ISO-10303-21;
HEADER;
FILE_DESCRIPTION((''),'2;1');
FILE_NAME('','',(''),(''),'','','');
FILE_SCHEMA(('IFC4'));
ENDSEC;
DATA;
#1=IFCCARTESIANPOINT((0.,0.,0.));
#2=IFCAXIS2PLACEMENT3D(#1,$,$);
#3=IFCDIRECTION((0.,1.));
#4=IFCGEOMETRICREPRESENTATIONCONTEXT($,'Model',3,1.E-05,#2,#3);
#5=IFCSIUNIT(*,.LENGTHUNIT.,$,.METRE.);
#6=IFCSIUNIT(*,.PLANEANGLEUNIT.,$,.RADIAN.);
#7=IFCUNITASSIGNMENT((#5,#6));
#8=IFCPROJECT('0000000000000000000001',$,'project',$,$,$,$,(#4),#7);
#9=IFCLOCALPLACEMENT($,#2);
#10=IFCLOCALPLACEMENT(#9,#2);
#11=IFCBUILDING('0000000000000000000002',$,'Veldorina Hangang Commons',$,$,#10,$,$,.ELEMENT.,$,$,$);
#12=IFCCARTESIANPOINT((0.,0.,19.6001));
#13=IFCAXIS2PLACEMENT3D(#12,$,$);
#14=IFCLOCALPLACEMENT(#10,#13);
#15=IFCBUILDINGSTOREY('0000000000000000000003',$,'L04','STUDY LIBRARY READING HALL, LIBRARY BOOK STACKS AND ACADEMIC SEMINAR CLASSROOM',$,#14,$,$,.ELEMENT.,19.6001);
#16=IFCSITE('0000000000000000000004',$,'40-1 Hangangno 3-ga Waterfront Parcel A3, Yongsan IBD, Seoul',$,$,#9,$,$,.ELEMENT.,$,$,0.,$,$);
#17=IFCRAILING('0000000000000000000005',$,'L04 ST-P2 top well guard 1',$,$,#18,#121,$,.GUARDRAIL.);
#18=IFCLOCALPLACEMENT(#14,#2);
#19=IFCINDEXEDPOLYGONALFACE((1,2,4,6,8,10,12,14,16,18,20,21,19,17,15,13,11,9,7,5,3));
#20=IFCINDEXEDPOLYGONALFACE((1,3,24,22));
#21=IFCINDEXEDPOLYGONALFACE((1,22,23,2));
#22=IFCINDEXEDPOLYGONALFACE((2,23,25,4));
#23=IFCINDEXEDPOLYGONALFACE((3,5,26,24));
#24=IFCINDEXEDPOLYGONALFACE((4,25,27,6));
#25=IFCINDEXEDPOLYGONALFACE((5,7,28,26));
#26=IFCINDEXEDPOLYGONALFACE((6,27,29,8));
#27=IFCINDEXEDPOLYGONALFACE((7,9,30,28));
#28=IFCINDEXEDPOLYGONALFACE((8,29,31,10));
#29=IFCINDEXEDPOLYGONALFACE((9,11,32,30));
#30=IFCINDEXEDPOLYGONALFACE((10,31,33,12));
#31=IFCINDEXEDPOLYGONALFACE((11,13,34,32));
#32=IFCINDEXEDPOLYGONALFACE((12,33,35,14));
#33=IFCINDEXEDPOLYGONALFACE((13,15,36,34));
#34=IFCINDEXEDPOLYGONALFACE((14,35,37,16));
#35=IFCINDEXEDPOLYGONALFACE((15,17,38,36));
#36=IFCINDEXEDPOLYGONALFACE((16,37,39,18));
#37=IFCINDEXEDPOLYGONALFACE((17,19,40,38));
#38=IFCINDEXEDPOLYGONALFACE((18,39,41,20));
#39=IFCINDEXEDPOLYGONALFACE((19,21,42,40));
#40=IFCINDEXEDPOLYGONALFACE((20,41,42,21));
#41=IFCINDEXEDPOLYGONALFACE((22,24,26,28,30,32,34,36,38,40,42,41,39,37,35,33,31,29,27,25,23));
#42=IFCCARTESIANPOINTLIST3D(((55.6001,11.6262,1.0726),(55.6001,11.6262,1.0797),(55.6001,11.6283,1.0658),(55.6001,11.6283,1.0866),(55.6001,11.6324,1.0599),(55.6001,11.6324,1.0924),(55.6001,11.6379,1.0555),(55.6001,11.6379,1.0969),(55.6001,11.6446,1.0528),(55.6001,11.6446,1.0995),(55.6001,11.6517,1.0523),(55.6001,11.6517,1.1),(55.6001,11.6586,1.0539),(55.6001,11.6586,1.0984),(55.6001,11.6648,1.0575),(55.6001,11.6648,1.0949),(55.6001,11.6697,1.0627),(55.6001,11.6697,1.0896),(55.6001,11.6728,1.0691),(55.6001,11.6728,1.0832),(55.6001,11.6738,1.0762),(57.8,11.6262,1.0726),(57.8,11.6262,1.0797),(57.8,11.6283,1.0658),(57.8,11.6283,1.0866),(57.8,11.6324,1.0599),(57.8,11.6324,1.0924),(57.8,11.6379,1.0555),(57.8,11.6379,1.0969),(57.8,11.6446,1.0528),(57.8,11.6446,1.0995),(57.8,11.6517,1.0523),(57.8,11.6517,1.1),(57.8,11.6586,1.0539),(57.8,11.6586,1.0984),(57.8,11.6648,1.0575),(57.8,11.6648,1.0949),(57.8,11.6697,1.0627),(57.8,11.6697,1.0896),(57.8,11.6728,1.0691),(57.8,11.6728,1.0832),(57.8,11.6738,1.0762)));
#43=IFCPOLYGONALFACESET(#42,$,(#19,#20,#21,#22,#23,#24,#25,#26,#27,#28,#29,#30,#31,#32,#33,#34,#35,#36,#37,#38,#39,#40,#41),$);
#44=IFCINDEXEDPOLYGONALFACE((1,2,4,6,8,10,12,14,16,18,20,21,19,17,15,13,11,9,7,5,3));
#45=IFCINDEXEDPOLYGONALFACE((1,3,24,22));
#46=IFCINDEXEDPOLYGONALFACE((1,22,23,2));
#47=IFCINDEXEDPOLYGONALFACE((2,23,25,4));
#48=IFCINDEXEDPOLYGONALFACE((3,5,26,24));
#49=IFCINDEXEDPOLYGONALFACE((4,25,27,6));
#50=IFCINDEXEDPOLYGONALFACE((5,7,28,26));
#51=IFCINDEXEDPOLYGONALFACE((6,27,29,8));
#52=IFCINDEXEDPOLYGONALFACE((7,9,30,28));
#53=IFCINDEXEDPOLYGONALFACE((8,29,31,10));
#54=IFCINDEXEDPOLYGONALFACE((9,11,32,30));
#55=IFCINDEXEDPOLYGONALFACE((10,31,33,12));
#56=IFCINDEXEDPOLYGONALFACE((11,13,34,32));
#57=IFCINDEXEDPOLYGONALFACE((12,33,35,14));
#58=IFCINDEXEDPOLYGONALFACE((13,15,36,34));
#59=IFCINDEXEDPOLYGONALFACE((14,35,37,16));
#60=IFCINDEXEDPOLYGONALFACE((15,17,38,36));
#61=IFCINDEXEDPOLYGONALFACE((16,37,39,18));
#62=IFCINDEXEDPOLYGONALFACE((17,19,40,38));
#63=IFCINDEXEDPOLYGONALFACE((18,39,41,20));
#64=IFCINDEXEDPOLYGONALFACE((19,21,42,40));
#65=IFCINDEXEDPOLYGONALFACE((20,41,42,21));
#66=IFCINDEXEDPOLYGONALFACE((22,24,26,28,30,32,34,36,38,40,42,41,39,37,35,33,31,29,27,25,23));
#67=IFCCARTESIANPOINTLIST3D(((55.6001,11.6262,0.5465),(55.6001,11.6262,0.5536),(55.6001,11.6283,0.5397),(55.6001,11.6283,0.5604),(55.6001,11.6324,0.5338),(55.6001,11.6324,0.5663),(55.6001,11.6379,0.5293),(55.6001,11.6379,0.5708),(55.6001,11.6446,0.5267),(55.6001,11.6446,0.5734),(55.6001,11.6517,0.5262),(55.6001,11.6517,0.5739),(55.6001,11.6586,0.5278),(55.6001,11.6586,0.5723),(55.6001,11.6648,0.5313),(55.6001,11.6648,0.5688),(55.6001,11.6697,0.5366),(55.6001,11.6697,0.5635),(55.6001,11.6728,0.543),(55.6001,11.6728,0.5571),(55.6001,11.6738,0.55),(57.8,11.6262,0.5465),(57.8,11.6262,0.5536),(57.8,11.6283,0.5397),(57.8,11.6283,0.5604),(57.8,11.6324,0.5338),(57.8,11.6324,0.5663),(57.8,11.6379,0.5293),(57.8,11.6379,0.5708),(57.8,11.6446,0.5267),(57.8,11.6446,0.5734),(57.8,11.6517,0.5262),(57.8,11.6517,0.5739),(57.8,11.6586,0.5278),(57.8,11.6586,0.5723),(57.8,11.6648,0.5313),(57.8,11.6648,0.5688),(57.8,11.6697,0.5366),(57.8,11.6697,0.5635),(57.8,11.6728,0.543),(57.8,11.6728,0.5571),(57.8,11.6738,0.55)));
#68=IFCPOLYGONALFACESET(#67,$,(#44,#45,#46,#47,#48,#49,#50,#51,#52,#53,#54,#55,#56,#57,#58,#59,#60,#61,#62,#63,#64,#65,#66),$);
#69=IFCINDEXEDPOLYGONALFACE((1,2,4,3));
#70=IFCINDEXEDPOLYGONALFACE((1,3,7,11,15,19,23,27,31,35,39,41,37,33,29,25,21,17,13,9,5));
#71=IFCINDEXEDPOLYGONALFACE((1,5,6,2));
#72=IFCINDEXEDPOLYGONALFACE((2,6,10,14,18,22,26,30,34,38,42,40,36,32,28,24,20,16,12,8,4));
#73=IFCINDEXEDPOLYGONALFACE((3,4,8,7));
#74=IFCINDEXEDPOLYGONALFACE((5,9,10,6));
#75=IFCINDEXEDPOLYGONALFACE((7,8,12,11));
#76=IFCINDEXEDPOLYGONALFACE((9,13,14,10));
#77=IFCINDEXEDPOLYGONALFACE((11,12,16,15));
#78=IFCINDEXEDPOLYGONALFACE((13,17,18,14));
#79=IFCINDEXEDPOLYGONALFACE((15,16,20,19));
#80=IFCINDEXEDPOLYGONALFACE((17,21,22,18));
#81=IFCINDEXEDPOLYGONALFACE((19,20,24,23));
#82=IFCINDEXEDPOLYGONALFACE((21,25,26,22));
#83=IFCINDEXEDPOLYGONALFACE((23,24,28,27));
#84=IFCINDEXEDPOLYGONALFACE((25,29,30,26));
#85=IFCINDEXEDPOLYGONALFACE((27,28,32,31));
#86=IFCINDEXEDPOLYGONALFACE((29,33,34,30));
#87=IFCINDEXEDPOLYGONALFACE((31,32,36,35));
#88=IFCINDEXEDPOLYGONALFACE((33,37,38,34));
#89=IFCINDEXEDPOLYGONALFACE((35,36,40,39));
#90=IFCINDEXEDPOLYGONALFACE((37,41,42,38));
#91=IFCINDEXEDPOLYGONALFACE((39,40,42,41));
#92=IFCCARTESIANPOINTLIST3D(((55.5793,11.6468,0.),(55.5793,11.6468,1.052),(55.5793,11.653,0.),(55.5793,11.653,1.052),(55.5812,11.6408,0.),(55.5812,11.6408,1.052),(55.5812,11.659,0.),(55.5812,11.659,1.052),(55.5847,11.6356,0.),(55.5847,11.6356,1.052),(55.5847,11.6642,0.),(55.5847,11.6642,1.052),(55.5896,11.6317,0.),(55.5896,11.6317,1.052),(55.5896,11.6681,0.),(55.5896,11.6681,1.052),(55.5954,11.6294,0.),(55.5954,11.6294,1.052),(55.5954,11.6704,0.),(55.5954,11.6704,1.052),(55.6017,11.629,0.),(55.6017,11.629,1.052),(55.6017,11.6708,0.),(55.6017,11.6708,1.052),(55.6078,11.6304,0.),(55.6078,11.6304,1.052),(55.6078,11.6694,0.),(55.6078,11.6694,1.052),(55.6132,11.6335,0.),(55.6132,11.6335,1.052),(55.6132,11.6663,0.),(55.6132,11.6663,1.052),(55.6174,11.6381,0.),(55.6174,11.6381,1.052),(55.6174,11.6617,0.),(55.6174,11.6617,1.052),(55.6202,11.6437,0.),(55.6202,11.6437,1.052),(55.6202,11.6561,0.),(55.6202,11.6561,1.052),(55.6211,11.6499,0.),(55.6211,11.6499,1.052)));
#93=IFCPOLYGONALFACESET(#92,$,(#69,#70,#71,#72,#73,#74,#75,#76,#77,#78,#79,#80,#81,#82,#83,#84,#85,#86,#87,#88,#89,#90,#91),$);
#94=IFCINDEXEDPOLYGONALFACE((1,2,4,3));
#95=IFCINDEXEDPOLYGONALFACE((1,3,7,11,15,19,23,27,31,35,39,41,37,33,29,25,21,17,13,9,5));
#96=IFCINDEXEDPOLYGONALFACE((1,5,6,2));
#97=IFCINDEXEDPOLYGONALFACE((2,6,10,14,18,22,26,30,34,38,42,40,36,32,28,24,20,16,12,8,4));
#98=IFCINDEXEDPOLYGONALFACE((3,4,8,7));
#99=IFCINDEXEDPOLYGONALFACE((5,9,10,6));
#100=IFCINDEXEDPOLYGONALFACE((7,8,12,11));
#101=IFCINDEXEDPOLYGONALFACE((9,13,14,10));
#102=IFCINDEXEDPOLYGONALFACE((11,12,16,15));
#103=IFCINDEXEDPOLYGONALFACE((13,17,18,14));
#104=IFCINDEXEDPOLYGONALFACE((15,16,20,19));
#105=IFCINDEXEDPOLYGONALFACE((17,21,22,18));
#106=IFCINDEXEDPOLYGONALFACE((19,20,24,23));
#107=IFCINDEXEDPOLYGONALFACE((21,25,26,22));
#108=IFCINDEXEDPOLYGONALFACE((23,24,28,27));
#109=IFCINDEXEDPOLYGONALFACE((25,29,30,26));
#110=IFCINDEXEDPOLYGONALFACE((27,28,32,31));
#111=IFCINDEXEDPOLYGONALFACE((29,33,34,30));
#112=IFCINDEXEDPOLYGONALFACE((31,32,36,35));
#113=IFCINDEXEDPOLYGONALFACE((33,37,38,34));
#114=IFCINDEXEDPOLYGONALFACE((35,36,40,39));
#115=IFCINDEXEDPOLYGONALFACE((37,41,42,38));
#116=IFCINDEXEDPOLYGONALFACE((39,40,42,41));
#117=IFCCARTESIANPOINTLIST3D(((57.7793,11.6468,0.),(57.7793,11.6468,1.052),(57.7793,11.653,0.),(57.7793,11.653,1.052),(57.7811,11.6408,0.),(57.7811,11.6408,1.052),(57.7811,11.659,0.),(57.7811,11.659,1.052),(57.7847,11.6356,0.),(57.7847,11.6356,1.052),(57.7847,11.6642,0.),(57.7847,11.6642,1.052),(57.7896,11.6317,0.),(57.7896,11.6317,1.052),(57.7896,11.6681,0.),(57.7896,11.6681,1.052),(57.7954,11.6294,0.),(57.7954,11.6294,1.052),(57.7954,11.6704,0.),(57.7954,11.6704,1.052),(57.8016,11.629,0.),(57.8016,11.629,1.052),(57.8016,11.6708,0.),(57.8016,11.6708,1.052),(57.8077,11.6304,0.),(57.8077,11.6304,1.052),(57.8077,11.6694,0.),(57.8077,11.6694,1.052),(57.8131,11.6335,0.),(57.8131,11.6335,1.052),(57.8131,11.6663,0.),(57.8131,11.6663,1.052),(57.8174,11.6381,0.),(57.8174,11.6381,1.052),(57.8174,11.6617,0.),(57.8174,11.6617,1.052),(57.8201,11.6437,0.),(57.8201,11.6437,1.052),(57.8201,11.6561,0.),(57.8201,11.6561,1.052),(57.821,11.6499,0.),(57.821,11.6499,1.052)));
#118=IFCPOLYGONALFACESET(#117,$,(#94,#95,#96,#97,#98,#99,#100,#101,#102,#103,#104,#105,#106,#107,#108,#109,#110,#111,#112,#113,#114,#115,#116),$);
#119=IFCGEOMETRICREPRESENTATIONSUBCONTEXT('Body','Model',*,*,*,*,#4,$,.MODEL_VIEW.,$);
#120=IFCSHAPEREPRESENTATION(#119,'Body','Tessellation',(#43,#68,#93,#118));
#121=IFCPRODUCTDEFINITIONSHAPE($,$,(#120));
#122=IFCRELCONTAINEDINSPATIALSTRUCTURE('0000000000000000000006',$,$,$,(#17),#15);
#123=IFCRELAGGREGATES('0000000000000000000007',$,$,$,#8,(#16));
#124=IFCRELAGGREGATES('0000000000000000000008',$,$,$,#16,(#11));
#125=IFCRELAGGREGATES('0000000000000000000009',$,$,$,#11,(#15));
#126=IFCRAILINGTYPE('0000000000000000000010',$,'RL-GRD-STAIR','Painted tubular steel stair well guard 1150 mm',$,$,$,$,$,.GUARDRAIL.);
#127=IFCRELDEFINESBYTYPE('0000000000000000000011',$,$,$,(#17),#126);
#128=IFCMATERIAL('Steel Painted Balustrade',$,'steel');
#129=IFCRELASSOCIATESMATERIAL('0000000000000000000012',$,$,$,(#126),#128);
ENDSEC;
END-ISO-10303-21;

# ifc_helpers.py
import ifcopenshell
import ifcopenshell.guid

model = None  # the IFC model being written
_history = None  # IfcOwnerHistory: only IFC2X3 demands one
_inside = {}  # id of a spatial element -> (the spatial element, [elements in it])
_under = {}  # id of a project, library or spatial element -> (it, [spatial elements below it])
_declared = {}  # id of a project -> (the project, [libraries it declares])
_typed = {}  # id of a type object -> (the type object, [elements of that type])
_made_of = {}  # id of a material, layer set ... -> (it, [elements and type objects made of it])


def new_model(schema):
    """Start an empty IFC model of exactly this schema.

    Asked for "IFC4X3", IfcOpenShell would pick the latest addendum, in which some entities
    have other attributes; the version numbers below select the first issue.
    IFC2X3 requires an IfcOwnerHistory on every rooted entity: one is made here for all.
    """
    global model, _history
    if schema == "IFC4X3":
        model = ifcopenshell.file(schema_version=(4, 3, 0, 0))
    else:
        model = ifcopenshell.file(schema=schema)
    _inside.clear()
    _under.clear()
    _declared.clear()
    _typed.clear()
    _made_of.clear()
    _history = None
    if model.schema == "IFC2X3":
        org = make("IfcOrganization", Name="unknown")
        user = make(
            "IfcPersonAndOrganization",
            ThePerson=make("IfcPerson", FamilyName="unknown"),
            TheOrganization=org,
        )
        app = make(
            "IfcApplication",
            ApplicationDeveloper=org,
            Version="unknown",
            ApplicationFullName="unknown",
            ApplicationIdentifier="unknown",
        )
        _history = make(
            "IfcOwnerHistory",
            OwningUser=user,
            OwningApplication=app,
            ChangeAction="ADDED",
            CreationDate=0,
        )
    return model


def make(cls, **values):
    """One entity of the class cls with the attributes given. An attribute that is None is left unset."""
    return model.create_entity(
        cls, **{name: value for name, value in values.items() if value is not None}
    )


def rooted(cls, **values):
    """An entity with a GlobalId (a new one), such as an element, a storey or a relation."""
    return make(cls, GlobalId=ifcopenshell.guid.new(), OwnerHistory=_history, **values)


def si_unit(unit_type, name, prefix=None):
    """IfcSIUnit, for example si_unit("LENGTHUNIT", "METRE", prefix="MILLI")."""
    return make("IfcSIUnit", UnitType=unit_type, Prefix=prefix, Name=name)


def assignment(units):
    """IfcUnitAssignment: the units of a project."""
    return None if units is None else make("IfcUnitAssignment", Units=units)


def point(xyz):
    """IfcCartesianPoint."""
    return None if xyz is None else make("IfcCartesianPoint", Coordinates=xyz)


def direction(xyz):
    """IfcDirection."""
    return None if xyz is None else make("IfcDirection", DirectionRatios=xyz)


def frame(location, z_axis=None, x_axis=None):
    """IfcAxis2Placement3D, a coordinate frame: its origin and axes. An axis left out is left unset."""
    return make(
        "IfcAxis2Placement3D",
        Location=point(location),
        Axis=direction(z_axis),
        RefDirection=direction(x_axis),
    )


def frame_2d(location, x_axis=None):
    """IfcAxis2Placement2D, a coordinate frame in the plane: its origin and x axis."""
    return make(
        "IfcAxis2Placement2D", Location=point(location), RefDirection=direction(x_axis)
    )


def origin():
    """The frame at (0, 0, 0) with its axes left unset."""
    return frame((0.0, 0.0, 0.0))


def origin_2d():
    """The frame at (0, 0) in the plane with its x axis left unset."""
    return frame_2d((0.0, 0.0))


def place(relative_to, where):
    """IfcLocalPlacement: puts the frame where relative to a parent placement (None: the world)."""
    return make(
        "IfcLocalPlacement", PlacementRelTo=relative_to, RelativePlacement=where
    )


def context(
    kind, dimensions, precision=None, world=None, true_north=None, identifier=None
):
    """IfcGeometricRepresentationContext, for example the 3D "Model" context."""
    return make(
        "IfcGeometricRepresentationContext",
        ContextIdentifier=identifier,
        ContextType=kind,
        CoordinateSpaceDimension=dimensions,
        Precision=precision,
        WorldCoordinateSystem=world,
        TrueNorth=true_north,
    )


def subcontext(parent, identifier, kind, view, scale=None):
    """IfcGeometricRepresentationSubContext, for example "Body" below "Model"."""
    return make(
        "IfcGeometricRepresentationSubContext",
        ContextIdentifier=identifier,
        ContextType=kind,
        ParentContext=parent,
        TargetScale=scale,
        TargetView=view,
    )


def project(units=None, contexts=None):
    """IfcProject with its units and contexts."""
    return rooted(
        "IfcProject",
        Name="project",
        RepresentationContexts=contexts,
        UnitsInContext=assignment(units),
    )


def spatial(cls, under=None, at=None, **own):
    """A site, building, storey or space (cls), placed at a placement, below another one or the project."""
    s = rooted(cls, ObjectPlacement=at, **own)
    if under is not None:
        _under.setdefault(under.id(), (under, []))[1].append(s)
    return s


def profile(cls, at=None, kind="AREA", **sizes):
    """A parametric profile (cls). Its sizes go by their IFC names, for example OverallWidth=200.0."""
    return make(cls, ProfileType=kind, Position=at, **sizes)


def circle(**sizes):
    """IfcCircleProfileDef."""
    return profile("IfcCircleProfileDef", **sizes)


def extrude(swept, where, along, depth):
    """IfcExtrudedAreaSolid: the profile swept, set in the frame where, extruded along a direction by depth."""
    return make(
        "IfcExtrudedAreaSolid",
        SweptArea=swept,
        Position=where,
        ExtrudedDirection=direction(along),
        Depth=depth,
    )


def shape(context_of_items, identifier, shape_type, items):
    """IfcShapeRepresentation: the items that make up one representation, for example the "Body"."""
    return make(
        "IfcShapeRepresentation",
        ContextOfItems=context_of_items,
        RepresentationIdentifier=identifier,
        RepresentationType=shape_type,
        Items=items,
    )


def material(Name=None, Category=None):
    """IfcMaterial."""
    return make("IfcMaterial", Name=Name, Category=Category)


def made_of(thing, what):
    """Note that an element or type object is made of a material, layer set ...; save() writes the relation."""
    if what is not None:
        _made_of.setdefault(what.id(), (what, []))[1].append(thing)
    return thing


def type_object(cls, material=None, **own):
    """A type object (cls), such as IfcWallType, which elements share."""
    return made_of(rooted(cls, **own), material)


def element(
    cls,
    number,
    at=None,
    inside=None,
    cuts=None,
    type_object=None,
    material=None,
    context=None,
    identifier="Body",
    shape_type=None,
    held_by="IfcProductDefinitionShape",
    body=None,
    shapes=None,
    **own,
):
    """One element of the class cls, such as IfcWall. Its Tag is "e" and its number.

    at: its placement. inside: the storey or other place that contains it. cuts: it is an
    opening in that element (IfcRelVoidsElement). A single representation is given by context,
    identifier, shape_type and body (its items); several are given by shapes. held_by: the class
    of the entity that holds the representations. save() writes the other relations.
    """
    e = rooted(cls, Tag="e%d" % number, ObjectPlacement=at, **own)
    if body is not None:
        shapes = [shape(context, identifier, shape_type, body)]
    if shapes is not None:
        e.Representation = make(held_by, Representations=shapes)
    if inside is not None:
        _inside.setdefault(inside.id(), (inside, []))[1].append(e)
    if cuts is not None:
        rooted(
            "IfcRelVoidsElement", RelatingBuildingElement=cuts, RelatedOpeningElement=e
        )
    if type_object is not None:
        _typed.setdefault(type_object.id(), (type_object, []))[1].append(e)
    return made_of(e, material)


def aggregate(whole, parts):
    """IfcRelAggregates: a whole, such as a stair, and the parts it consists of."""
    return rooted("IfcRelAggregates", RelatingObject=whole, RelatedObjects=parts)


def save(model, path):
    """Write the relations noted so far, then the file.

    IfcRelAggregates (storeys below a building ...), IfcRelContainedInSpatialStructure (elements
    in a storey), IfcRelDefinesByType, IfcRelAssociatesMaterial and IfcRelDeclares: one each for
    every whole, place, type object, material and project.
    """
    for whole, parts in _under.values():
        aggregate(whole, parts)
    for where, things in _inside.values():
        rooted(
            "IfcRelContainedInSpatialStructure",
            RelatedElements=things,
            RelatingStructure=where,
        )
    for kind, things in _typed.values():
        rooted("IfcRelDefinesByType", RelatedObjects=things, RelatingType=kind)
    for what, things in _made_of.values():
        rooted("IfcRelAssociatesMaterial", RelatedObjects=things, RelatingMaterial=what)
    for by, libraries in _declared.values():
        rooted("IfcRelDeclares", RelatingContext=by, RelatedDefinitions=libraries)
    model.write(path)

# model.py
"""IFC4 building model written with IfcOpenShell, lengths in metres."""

from ifc_helpers import new_model, si_unit, direction, frame, origin, origin_2d, place, context, subcontext, project, spatial, circle, extrude, material, type_object, element, save


model = new_model("IFC4")

# Units and contexts
model_context = context("Model", 3, precision=1e-05, world=origin(), true_north=direction((0.0, 1.0)))
body_context = subcontext(model_context, "Body", "Model", "MODEL_VIEW")
ifc_project = project(units=[si_unit("LENGTHUNIT", "METRE"), si_unit("PLANEANGLEUNIT", "RADIAN")], contexts=[model_context])

# Site, building, storey
site_placement = place(None, origin())
site = spatial("IfcSite", under=ifc_project, at=site_placement, Name="40-1 Hangangno 3-ga Waterfront Parcel A3, Yongsan IBD, Seoul", CompositionType="ELEMENT", RefElevation=0.0)
building_placement = place(site_placement, origin())
building = spatial("IfcBuilding", under=site, at=building_placement, Name="Veldorina Hangang Commons", CompositionType="ELEMENT")
storey_placement = place(building_placement, frame((0.0, 0.0, 19.6001)))
storey = spatial("IfcBuildingStorey", under=building, at=storey_placement, Name="L04", Description="STUDY LIBRARY READING HALL, LIBRARY BOOK STACKS AND ACADEMIC SEMINAR CLASSROOM", CompositionType="ELEMENT", Elevation=19.6001)

# Railing
ifc_material_1 = material(Name="Steel Painted Balustrade", Category="steel")
railing_type = type_object("IfcRailingType", Name="RL-GRD-STAIR", Description="Painted tubular steel stair well guard 1150 mm", PredefinedType="GUARDRAIL", material=ifc_material_1)
railing_placement = place(storey_placement, frame((55.6001, 11.6499, 0.0)))
element("IfcRailing", 1, at=railing_placement, inside=storey, type_object=railing_type, Name="L04 ST-P2 top well guard 1", PredefinedType="GUARDRAIL", context=body_context, shape_type="SweptSolid", body=[
    extrude(circle(Radius=0.0239, at=origin_2d()), frame((0.0, 0.0, 1.0762), z_axis=(1.0, 0.0, 0.0), x_axis=(0.0, 1.0, 0.0)), (0.0, 0.0, 1.0), 2.2),
    extrude(circle(Radius=0.0239, at=origin_2d()), frame((0.0, 0.0, 0.55), z_axis=(1.0, 0.0, 0.0), x_axis=(0.0, 1.0, 0.0)), (0.0, 0.0, 1.0), 2.2),
    extrude(circle(Radius=0.021, at=origin_2d()), origin(), (0.0, 0.0, 1.0), 1.052),
    extrude(circle(Radius=0.021, at=origin_2d()), frame((2.2, 0.0, 0.0)), (0.0, 0.0, 1.0), 1.052),
])

save(model, "model.ifc")
